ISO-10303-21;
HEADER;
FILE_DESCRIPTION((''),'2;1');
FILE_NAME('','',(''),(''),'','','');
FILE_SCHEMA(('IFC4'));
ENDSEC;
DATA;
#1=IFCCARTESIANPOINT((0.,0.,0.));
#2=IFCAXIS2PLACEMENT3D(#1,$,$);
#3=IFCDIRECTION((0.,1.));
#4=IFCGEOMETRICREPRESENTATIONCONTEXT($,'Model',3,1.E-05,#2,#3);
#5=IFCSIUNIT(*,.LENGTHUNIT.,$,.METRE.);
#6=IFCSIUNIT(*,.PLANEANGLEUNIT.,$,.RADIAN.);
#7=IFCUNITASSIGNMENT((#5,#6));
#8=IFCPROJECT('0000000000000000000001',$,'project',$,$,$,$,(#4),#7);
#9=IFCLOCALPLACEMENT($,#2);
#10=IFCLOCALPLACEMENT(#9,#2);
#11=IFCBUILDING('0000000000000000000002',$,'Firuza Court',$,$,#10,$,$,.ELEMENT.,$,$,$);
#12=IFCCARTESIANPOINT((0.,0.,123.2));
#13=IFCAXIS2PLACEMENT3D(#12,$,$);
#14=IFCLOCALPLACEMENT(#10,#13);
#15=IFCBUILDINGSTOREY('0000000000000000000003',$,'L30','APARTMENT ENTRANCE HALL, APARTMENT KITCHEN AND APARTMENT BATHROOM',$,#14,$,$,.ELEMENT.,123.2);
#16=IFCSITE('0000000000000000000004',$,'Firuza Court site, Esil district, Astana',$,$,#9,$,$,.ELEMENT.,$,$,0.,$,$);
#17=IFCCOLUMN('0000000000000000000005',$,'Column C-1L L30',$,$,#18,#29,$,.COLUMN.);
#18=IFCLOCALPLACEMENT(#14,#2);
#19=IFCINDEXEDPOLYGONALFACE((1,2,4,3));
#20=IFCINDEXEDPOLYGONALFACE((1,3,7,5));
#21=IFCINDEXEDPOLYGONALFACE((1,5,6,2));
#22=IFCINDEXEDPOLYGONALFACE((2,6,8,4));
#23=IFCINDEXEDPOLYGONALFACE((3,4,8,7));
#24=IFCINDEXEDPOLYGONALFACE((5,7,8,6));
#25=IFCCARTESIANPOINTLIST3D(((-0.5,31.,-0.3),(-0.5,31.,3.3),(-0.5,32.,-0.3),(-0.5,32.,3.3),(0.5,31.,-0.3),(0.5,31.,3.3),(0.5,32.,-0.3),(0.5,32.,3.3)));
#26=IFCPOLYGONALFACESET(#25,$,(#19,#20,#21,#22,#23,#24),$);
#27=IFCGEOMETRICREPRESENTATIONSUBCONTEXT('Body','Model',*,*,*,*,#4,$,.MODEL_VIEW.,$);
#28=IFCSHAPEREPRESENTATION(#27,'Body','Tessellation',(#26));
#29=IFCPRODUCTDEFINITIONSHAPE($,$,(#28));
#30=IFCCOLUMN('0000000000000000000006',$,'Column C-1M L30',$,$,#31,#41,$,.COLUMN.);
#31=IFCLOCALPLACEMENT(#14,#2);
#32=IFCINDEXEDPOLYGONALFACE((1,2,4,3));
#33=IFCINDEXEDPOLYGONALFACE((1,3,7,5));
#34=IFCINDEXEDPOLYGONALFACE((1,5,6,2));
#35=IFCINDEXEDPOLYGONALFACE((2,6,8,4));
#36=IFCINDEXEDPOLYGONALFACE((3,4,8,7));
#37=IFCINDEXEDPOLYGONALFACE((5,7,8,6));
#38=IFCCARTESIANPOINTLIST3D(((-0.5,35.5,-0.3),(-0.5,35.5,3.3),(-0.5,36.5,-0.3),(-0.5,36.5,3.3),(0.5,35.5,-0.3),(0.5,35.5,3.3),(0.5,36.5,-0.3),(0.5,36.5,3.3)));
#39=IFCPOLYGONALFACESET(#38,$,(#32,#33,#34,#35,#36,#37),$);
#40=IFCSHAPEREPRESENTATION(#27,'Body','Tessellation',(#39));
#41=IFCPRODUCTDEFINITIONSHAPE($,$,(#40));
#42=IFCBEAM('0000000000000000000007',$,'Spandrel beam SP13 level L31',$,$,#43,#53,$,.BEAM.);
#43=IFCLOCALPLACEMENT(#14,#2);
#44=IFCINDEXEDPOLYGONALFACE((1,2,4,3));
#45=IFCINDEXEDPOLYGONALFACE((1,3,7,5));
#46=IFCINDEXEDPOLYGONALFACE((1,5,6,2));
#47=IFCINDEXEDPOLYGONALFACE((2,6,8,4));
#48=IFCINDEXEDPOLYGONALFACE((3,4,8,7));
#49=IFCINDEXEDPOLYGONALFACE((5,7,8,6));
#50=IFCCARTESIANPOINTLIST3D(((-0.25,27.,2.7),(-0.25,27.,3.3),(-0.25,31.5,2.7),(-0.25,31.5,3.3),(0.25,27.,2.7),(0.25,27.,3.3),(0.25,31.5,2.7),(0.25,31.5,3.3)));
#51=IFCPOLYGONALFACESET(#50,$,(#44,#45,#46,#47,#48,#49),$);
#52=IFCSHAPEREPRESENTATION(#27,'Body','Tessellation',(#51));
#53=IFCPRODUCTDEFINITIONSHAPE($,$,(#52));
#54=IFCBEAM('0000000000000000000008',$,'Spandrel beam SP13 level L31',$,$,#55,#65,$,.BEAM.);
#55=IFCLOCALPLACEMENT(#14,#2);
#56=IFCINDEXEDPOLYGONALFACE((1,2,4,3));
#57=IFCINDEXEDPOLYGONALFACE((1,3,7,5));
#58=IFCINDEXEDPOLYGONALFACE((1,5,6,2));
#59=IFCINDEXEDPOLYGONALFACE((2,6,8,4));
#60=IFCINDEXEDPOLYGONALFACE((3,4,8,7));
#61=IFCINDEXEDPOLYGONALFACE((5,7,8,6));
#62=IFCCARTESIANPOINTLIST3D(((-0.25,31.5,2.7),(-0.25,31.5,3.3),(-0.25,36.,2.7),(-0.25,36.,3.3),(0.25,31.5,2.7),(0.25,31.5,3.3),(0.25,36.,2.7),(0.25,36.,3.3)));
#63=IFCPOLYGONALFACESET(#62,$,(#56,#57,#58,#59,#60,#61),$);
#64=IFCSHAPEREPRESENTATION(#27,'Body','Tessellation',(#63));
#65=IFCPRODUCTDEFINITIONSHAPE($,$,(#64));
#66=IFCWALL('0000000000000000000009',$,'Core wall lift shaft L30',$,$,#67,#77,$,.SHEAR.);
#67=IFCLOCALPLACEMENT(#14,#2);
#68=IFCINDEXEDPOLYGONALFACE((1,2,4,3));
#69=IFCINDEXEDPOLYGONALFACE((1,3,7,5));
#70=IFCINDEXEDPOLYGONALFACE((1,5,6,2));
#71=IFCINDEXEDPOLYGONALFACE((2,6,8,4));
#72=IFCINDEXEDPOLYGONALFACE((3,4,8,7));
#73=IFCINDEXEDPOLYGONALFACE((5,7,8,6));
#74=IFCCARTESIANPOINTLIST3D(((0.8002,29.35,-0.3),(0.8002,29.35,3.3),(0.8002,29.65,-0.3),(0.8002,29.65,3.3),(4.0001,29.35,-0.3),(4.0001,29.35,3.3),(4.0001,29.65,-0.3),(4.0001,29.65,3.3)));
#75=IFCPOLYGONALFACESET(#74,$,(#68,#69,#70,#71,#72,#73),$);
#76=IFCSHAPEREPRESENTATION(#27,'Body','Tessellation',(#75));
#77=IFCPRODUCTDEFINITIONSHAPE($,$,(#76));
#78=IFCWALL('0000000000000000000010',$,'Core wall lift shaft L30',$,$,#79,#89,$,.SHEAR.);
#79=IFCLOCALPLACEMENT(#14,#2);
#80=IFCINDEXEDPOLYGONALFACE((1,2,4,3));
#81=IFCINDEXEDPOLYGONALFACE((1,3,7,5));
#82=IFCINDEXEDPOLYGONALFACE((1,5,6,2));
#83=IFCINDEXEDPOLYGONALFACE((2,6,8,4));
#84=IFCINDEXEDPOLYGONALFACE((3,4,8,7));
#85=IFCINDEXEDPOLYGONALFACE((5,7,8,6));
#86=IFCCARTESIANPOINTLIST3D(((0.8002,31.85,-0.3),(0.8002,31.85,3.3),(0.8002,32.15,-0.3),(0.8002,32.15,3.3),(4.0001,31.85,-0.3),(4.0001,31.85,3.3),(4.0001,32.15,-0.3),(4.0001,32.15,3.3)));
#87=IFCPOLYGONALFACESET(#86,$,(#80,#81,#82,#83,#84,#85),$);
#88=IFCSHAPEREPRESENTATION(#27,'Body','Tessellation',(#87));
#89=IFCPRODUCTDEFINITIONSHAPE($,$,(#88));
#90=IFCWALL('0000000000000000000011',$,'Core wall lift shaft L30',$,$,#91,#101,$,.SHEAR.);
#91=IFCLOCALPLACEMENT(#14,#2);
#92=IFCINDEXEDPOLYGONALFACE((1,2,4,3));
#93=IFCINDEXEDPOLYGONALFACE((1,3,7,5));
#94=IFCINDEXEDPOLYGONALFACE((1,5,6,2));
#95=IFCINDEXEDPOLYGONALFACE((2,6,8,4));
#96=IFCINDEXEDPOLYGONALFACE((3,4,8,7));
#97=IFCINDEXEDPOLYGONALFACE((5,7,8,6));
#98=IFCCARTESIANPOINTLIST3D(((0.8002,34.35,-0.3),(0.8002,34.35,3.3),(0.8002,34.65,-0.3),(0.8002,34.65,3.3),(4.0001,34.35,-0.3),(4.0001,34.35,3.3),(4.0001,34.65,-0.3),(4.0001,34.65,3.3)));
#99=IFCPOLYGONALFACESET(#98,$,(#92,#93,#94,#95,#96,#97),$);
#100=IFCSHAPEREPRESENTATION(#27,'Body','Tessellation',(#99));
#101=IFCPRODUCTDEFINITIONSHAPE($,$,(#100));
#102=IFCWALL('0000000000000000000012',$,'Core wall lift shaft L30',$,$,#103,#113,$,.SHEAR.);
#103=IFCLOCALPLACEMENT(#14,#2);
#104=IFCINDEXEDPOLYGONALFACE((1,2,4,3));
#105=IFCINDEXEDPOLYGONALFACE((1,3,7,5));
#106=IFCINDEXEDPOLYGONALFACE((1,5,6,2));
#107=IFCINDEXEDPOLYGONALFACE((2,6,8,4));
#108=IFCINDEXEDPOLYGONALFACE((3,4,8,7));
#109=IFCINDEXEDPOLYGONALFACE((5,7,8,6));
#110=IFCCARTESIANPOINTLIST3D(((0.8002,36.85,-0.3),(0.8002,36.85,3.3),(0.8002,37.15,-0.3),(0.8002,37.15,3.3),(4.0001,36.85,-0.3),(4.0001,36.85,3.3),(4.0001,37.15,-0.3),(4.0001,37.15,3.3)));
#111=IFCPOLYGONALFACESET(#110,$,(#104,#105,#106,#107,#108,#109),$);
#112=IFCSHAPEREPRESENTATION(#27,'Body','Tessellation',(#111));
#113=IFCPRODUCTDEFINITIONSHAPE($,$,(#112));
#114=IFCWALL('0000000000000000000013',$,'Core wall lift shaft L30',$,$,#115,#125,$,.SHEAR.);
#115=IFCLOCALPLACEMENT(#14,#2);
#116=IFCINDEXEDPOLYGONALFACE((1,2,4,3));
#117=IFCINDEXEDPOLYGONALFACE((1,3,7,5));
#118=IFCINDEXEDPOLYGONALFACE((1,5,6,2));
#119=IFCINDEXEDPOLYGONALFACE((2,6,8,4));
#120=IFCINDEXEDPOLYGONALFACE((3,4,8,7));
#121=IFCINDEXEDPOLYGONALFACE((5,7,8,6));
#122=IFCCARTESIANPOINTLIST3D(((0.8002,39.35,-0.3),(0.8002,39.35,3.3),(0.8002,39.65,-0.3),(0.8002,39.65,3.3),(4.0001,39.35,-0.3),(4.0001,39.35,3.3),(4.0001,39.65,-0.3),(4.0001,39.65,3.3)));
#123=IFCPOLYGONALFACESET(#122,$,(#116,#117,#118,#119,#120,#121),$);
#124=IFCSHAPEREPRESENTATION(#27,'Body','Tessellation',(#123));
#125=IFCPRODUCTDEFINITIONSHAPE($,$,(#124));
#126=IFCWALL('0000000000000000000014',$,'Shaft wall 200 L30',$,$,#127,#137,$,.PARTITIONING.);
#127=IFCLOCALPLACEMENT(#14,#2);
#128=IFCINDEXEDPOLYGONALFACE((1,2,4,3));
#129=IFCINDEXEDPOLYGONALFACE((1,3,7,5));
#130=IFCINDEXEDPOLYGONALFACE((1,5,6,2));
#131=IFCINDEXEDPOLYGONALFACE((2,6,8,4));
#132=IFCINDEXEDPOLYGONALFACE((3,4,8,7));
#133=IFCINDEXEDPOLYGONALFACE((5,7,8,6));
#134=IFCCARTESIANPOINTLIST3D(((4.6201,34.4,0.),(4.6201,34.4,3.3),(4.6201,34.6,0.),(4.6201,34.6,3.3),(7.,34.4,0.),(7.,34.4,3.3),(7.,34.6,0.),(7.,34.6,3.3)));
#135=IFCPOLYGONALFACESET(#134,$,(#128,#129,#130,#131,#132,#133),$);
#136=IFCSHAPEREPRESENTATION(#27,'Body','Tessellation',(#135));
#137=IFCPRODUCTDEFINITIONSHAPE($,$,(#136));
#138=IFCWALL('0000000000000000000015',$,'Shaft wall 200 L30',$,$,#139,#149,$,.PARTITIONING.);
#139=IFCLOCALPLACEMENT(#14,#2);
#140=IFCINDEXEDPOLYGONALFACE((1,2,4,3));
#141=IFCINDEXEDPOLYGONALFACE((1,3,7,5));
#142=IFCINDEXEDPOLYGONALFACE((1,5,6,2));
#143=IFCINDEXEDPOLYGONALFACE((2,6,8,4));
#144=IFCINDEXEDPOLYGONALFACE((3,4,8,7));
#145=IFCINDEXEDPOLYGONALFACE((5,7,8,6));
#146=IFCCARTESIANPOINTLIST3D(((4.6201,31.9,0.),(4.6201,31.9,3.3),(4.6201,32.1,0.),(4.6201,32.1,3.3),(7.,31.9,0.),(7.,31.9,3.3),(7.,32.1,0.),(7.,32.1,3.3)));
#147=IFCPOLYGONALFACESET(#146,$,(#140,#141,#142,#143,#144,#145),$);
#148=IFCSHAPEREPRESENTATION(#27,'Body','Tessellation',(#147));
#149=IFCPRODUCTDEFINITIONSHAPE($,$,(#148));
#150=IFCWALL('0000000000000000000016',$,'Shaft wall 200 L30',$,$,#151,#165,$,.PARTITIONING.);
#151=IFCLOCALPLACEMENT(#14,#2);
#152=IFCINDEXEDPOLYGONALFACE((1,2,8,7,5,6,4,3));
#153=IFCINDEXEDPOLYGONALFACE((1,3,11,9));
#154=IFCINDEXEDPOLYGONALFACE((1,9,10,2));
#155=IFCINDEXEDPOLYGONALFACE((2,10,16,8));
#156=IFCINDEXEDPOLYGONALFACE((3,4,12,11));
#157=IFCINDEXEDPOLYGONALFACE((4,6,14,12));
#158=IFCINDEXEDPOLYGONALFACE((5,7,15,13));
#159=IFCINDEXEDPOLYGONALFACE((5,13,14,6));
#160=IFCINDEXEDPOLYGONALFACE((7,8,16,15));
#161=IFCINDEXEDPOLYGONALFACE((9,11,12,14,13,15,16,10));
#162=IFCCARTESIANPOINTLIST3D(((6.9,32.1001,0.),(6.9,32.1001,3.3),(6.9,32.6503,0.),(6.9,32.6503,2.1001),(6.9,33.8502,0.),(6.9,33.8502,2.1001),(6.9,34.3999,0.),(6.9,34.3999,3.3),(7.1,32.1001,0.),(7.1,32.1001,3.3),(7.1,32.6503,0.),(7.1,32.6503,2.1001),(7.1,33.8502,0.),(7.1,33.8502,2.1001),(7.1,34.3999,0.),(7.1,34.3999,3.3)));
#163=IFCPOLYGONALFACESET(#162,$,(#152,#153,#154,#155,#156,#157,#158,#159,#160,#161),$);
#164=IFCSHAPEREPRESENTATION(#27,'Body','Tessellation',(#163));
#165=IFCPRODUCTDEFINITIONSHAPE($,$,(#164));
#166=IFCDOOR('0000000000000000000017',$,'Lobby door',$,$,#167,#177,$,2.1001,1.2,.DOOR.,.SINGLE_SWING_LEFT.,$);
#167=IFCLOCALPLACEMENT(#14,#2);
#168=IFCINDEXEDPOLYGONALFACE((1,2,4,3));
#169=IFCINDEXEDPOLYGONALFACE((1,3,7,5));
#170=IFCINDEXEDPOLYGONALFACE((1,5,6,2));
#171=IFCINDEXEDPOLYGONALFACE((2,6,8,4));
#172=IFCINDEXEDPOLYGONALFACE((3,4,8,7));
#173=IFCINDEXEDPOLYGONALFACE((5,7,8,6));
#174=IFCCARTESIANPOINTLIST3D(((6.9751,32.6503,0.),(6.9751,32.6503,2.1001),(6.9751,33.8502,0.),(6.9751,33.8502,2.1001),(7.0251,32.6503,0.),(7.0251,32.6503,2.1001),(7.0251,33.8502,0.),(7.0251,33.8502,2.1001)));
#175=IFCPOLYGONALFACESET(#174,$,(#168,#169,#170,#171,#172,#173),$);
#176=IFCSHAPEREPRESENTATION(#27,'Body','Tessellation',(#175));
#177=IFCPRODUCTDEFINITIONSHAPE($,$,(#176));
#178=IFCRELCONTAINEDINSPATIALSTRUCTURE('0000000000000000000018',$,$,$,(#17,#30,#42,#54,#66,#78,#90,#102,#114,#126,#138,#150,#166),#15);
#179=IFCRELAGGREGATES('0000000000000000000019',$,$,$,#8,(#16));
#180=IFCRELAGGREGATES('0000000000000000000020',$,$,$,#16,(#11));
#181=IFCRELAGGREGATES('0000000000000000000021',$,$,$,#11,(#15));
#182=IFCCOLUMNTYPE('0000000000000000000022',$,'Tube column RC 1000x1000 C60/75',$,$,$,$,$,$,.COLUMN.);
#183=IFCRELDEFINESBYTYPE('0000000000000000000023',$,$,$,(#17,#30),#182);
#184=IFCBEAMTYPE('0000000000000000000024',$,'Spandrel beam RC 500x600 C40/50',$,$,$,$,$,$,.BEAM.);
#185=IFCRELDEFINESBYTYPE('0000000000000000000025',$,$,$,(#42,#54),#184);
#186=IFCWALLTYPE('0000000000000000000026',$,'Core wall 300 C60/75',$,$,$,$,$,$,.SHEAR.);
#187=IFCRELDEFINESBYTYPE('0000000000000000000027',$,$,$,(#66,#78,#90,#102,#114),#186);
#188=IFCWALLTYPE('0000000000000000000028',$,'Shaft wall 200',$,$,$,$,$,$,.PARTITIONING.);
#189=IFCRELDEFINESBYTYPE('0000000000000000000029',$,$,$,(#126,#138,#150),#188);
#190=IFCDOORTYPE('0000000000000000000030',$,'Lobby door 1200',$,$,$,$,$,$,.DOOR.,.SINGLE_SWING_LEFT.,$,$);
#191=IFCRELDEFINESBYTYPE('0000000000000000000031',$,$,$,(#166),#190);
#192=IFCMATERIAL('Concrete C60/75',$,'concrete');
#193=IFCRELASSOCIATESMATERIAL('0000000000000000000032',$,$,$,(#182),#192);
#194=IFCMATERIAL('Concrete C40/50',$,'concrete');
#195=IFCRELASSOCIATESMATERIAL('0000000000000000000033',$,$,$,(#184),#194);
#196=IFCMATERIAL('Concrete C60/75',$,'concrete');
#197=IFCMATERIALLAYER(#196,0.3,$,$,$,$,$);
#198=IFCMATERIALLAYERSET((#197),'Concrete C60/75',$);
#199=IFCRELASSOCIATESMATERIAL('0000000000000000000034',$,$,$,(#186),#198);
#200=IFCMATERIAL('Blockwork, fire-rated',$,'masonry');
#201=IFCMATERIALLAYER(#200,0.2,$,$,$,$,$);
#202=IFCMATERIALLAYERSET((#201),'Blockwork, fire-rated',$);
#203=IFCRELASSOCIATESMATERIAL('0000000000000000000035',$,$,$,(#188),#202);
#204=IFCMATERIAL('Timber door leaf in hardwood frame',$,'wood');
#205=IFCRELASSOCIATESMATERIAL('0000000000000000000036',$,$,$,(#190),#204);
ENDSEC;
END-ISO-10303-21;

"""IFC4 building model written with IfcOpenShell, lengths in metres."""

from ifc_helpers import new_model, si_unit, direction, frame, frame_2d, origin, origin_2d, place, context, subcontext, project, spatial, rectangle, extrude, material, layer, layer_set, material_profile, profile_set, type_object, element, fill, save


model = new_model("IFC4")

# Units and contexts
model_context = context("Model", 3, precision=1e-05, world=origin(), true_north=direction((0.0, 1.0)))
body_context = subcontext(model_context, "Body", "Model", "MODEL_VIEW")
ifc_project = project(units=[si_unit("LENGTHUNIT", "METRE"), si_unit("PLANEANGLEUNIT", "RADIAN")], contexts=[model_context])

# Site, building, storey
site_placement = place(None, origin())
site = spatial("IfcSite", under=ifc_project, at=site_placement, Name="Firuza Court site, Esil district, Astana", CompositionType="ELEMENT", RefElevation=0.0)
building_placement = place(site_placement, origin())
building = spatial("IfcBuilding", under=site, at=building_placement, Name="Firuza Court", CompositionType="ELEMENT")
storey_placement = place(building_placement, frame((0.0, 0.0, 123.2)))
storey = spatial("IfcBuildingStorey", under=building, at=storey_placement, Name="L30", Description="APARTMENT ENTRANCE HALL, APARTMENT KITCHEN AND APARTMENT BATHROOM", CompositionType="ELEMENT", Elevation=123.2)

# Columns
ifc_material_1 = material(Name="Concrete C60/75", Category="concrete")
ifc_material_profile_1 = material_profile(ifc_material_1, rectangle(XDim=1.0, YDim=1.0, at=origin_2d()), Name="RC 1000x1000")
ifc_profile_set_1 = profile_set([ifc_material_profile_1], Name="Concrete C60/75")
column_type = type_object("IfcColumnType", Name="Tube column RC 1000x1000 C60/75", PredefinedType="COLUMN", material=ifc_profile_set_1)
for number, where, z_axis, x_axis, name in (
    (1, (0.0, 31.5, -0.3), (0.0, 0.0, 1.0), (1.0, 0.0, 0.0), "Column C-1L L30"),
    (2, (0.0, 36.0, -0.3), (0.0, 0.0, 1.0), (1.0, 0.0, 0.0), "Column C-1M L30"),
):
    element("IfcColumn", number, at=place(storey_placement, frame(where, z_axis=z_axis, x_axis=x_axis)), inside=storey, type_object=column_type, Name=name, PredefinedType="COLUMN", context=body_context, shape_type="SweptSolid", body=[
        extrude(rectangle(XDim=1.0, YDim=1.0, at=origin_2d()), origin(), (0.0, 0.0, 1.0), 3.6001),
    ])

# Beams
ifc_material_2 = material(Name="Concrete C40/50", Category="concrete")
ifc_material_profile_2 = material_profile(ifc_material_2, rectangle(XDim=0.5, YDim=0.6001, at=origin_2d()), Name="RC 500x600")
ifc_profile_set_2 = profile_set([ifc_material_profile_2], Name="Concrete C40/50")
beam_type = type_object("IfcBeamType", Name="Spandrel beam RC 500x600 C40/50", PredefinedType="BEAM", material=ifc_profile_set_2)
for number, where, z_axis, x_axis, name in (
    (3, (0.0, 31.5, 3.0), (0.0, -1.0, 0.0), (1.0, 0.0, 0.0), "Spandrel beam SP13 level L31"),
    (4, (0.0, 36.0, 3.0), (0.0, -1.0, 0.0), (1.0, 0.0, 0.0), "Spandrel beam SP13 level L31"),
):
    element("IfcBeam", number, at=place(storey_placement, frame(where, z_axis=z_axis, x_axis=x_axis)), inside=storey, type_object=beam_type, Name=name, PredefinedType="BEAM", context=body_context, shape_type="SweptSolid", body=[
        extrude(rectangle(XDim=0.5, YDim=0.6001, at=origin_2d()), origin(), (0.0, 0.0, 1.0), 4.5),
    ])

# Walls
ifc_material_3 = material(Name="Concrete C60/75", Category="concrete")
ifc_layer_1 = layer(ifc_material_3, 0.3)
ifc_layer_set_1 = layer_set([ifc_layer_1], Name="Concrete C60/75")
wall_type_1 = type_object("IfcWallType", Name="Core wall 300 C60/75", PredefinedType="SHEAR", material=ifc_layer_set_1)
for number, where, z_axis, x_axis, name in (
    (5, (0.8, 29.5, -0.3), (0.0, 0.0, 1.0), (1.0, 0.0, 0.0), "Core wall lift shaft L30"),
    (6, (0.8, 32.0, -0.3), (0.0, 0.0, 1.0), (1.0, 0.0, 0.0), "Core wall lift shaft L30"),
    (7, (0.8, 34.5, -0.3), (0.0, 0.0, 1.0), (1.0, 0.0, 0.0), "Core wall lift shaft L30"),
    (8, (0.8, 37.0, -0.3), (0.0, 0.0, 1.0), (1.0, 0.0, 0.0), "Core wall lift shaft L30"),
    (9, (0.8, 39.5, -0.3), (0.0, 0.0, 1.0), (1.0, 0.0, 0.0), "Core wall lift shaft L30"),
):
    element("IfcWall", number, at=place(storey_placement, frame(where, z_axis=z_axis, x_axis=x_axis)), inside=storey, type_object=wall_type_1, Name=name, PredefinedType="SHEAR", context=body_context, shape_type="SweptSolid", body=[
        extrude(rectangle(XDim=3.2, YDim=0.3, at=frame_2d((1.6001, 0.0))), origin(), (0.0, 0.0, 1.0), 3.6001),
    ])
ifc_material_4 = material(Name="Blockwork, fire-rated", Category="masonry")
ifc_layer_2 = layer(ifc_material_4, 0.2)
ifc_layer_set_2 = layer_set([ifc_layer_2], Name="Blockwork, fire-rated")
wall_type_2 = type_object("IfcWallType", Name="Shaft wall 200", PredefinedType="PARTITIONING", material=ifc_layer_set_2)
for number, where, z_axis, x_axis, name in (
    (10, (4.6201, 34.5, 0.0), (0.0, 0.0, 1.0), (1.0, 0.0, 0.0), "Shaft wall 200 L30"),
    (11, (4.6201, 32.0, 0.0), (0.0, 0.0, 1.0), (1.0, 0.0, 0.0), "Shaft wall 200 L30"),
):
    element("IfcWall", number, at=place(storey_placement, frame(where, z_axis=z_axis, x_axis=x_axis)), inside=storey, type_object=wall_type_2, Name=name, PredefinedType="PARTITIONING", context=body_context, shape_type="SweptSolid", body=[
        extrude(rectangle(XDim=2.3799, YDim=0.2, at=frame_2d((1.1899, 0.0))), origin(), (0.0, 0.0, 1.0), 3.3),
    ])

# Wall, opening, door
wall_placement = place(storey_placement, frame((7.0, 32.1001, 0.0), z_axis=(0.0, 0.0, 1.0), x_axis=(0.0, 1.0, 0.0)))
wall = element("IfcWall", 12, at=wall_placement, inside=storey, type_object=wall_type_2, Name="Shaft wall 200 L30", PredefinedType="PARTITIONING", context=body_context, shape_type="SweptSolid", body=[
    extrude(rectangle(XDim=2.2998, YDim=0.2, at=frame_2d((1.1499, 0.0))), origin(), (0.0, 0.0, 1.0), 3.3),
])
opening_placement = place(wall_placement, frame((0.55, 0.0, 0.0)))
opening = element("IfcOpeningElement", 13, at=opening_placement, cuts=wall, PredefinedType="OPENING", context=body_context, shape_type="SweptSolid", body=[
    extrude(rectangle(XDim=1.2, YDim=2.1001, at=frame_2d((0.6001, 1.05))), frame((0.0, 0.1118, 0.0), z_axis=(0.0, -1.0, 0.0), x_axis=(1.0, 0.0, 0.0)), (0.0, 0.0, 1.0), 0.2239),
])
ifc_material_5 = material(Name="Timber door leaf in hardwood frame", Category="wood")
door_type = type_object("IfcDoorType", Name="Lobby door 1200", OperationType="SINGLE_SWING_LEFT", PredefinedType="DOOR", material=ifc_material_5)
door_placement = place(opening_placement, origin())
door = element("IfcDoor", 14, at=door_placement, inside=storey, type_object=door_type, Name="Lobby door", OperationType="SINGLE_SWING_LEFT", OverallHeight=2.1001, OverallWidth=1.2, PredefinedType="DOOR", context=body_context, shape_type="SweptSolid", body=[
    extrude(rectangle(XDim=1.2, YDim=2.1001, at=frame_2d((0.6001, 1.05))), frame((0.0, 0.0249, 0.0), z_axis=(0.0, -1.0, 0.0), x_axis=(1.0, 0.0, 0.0)), (0.0, 0.0, 1.0), 0.05),
])
fill(opening, door)

save(model, "model.ifc")
